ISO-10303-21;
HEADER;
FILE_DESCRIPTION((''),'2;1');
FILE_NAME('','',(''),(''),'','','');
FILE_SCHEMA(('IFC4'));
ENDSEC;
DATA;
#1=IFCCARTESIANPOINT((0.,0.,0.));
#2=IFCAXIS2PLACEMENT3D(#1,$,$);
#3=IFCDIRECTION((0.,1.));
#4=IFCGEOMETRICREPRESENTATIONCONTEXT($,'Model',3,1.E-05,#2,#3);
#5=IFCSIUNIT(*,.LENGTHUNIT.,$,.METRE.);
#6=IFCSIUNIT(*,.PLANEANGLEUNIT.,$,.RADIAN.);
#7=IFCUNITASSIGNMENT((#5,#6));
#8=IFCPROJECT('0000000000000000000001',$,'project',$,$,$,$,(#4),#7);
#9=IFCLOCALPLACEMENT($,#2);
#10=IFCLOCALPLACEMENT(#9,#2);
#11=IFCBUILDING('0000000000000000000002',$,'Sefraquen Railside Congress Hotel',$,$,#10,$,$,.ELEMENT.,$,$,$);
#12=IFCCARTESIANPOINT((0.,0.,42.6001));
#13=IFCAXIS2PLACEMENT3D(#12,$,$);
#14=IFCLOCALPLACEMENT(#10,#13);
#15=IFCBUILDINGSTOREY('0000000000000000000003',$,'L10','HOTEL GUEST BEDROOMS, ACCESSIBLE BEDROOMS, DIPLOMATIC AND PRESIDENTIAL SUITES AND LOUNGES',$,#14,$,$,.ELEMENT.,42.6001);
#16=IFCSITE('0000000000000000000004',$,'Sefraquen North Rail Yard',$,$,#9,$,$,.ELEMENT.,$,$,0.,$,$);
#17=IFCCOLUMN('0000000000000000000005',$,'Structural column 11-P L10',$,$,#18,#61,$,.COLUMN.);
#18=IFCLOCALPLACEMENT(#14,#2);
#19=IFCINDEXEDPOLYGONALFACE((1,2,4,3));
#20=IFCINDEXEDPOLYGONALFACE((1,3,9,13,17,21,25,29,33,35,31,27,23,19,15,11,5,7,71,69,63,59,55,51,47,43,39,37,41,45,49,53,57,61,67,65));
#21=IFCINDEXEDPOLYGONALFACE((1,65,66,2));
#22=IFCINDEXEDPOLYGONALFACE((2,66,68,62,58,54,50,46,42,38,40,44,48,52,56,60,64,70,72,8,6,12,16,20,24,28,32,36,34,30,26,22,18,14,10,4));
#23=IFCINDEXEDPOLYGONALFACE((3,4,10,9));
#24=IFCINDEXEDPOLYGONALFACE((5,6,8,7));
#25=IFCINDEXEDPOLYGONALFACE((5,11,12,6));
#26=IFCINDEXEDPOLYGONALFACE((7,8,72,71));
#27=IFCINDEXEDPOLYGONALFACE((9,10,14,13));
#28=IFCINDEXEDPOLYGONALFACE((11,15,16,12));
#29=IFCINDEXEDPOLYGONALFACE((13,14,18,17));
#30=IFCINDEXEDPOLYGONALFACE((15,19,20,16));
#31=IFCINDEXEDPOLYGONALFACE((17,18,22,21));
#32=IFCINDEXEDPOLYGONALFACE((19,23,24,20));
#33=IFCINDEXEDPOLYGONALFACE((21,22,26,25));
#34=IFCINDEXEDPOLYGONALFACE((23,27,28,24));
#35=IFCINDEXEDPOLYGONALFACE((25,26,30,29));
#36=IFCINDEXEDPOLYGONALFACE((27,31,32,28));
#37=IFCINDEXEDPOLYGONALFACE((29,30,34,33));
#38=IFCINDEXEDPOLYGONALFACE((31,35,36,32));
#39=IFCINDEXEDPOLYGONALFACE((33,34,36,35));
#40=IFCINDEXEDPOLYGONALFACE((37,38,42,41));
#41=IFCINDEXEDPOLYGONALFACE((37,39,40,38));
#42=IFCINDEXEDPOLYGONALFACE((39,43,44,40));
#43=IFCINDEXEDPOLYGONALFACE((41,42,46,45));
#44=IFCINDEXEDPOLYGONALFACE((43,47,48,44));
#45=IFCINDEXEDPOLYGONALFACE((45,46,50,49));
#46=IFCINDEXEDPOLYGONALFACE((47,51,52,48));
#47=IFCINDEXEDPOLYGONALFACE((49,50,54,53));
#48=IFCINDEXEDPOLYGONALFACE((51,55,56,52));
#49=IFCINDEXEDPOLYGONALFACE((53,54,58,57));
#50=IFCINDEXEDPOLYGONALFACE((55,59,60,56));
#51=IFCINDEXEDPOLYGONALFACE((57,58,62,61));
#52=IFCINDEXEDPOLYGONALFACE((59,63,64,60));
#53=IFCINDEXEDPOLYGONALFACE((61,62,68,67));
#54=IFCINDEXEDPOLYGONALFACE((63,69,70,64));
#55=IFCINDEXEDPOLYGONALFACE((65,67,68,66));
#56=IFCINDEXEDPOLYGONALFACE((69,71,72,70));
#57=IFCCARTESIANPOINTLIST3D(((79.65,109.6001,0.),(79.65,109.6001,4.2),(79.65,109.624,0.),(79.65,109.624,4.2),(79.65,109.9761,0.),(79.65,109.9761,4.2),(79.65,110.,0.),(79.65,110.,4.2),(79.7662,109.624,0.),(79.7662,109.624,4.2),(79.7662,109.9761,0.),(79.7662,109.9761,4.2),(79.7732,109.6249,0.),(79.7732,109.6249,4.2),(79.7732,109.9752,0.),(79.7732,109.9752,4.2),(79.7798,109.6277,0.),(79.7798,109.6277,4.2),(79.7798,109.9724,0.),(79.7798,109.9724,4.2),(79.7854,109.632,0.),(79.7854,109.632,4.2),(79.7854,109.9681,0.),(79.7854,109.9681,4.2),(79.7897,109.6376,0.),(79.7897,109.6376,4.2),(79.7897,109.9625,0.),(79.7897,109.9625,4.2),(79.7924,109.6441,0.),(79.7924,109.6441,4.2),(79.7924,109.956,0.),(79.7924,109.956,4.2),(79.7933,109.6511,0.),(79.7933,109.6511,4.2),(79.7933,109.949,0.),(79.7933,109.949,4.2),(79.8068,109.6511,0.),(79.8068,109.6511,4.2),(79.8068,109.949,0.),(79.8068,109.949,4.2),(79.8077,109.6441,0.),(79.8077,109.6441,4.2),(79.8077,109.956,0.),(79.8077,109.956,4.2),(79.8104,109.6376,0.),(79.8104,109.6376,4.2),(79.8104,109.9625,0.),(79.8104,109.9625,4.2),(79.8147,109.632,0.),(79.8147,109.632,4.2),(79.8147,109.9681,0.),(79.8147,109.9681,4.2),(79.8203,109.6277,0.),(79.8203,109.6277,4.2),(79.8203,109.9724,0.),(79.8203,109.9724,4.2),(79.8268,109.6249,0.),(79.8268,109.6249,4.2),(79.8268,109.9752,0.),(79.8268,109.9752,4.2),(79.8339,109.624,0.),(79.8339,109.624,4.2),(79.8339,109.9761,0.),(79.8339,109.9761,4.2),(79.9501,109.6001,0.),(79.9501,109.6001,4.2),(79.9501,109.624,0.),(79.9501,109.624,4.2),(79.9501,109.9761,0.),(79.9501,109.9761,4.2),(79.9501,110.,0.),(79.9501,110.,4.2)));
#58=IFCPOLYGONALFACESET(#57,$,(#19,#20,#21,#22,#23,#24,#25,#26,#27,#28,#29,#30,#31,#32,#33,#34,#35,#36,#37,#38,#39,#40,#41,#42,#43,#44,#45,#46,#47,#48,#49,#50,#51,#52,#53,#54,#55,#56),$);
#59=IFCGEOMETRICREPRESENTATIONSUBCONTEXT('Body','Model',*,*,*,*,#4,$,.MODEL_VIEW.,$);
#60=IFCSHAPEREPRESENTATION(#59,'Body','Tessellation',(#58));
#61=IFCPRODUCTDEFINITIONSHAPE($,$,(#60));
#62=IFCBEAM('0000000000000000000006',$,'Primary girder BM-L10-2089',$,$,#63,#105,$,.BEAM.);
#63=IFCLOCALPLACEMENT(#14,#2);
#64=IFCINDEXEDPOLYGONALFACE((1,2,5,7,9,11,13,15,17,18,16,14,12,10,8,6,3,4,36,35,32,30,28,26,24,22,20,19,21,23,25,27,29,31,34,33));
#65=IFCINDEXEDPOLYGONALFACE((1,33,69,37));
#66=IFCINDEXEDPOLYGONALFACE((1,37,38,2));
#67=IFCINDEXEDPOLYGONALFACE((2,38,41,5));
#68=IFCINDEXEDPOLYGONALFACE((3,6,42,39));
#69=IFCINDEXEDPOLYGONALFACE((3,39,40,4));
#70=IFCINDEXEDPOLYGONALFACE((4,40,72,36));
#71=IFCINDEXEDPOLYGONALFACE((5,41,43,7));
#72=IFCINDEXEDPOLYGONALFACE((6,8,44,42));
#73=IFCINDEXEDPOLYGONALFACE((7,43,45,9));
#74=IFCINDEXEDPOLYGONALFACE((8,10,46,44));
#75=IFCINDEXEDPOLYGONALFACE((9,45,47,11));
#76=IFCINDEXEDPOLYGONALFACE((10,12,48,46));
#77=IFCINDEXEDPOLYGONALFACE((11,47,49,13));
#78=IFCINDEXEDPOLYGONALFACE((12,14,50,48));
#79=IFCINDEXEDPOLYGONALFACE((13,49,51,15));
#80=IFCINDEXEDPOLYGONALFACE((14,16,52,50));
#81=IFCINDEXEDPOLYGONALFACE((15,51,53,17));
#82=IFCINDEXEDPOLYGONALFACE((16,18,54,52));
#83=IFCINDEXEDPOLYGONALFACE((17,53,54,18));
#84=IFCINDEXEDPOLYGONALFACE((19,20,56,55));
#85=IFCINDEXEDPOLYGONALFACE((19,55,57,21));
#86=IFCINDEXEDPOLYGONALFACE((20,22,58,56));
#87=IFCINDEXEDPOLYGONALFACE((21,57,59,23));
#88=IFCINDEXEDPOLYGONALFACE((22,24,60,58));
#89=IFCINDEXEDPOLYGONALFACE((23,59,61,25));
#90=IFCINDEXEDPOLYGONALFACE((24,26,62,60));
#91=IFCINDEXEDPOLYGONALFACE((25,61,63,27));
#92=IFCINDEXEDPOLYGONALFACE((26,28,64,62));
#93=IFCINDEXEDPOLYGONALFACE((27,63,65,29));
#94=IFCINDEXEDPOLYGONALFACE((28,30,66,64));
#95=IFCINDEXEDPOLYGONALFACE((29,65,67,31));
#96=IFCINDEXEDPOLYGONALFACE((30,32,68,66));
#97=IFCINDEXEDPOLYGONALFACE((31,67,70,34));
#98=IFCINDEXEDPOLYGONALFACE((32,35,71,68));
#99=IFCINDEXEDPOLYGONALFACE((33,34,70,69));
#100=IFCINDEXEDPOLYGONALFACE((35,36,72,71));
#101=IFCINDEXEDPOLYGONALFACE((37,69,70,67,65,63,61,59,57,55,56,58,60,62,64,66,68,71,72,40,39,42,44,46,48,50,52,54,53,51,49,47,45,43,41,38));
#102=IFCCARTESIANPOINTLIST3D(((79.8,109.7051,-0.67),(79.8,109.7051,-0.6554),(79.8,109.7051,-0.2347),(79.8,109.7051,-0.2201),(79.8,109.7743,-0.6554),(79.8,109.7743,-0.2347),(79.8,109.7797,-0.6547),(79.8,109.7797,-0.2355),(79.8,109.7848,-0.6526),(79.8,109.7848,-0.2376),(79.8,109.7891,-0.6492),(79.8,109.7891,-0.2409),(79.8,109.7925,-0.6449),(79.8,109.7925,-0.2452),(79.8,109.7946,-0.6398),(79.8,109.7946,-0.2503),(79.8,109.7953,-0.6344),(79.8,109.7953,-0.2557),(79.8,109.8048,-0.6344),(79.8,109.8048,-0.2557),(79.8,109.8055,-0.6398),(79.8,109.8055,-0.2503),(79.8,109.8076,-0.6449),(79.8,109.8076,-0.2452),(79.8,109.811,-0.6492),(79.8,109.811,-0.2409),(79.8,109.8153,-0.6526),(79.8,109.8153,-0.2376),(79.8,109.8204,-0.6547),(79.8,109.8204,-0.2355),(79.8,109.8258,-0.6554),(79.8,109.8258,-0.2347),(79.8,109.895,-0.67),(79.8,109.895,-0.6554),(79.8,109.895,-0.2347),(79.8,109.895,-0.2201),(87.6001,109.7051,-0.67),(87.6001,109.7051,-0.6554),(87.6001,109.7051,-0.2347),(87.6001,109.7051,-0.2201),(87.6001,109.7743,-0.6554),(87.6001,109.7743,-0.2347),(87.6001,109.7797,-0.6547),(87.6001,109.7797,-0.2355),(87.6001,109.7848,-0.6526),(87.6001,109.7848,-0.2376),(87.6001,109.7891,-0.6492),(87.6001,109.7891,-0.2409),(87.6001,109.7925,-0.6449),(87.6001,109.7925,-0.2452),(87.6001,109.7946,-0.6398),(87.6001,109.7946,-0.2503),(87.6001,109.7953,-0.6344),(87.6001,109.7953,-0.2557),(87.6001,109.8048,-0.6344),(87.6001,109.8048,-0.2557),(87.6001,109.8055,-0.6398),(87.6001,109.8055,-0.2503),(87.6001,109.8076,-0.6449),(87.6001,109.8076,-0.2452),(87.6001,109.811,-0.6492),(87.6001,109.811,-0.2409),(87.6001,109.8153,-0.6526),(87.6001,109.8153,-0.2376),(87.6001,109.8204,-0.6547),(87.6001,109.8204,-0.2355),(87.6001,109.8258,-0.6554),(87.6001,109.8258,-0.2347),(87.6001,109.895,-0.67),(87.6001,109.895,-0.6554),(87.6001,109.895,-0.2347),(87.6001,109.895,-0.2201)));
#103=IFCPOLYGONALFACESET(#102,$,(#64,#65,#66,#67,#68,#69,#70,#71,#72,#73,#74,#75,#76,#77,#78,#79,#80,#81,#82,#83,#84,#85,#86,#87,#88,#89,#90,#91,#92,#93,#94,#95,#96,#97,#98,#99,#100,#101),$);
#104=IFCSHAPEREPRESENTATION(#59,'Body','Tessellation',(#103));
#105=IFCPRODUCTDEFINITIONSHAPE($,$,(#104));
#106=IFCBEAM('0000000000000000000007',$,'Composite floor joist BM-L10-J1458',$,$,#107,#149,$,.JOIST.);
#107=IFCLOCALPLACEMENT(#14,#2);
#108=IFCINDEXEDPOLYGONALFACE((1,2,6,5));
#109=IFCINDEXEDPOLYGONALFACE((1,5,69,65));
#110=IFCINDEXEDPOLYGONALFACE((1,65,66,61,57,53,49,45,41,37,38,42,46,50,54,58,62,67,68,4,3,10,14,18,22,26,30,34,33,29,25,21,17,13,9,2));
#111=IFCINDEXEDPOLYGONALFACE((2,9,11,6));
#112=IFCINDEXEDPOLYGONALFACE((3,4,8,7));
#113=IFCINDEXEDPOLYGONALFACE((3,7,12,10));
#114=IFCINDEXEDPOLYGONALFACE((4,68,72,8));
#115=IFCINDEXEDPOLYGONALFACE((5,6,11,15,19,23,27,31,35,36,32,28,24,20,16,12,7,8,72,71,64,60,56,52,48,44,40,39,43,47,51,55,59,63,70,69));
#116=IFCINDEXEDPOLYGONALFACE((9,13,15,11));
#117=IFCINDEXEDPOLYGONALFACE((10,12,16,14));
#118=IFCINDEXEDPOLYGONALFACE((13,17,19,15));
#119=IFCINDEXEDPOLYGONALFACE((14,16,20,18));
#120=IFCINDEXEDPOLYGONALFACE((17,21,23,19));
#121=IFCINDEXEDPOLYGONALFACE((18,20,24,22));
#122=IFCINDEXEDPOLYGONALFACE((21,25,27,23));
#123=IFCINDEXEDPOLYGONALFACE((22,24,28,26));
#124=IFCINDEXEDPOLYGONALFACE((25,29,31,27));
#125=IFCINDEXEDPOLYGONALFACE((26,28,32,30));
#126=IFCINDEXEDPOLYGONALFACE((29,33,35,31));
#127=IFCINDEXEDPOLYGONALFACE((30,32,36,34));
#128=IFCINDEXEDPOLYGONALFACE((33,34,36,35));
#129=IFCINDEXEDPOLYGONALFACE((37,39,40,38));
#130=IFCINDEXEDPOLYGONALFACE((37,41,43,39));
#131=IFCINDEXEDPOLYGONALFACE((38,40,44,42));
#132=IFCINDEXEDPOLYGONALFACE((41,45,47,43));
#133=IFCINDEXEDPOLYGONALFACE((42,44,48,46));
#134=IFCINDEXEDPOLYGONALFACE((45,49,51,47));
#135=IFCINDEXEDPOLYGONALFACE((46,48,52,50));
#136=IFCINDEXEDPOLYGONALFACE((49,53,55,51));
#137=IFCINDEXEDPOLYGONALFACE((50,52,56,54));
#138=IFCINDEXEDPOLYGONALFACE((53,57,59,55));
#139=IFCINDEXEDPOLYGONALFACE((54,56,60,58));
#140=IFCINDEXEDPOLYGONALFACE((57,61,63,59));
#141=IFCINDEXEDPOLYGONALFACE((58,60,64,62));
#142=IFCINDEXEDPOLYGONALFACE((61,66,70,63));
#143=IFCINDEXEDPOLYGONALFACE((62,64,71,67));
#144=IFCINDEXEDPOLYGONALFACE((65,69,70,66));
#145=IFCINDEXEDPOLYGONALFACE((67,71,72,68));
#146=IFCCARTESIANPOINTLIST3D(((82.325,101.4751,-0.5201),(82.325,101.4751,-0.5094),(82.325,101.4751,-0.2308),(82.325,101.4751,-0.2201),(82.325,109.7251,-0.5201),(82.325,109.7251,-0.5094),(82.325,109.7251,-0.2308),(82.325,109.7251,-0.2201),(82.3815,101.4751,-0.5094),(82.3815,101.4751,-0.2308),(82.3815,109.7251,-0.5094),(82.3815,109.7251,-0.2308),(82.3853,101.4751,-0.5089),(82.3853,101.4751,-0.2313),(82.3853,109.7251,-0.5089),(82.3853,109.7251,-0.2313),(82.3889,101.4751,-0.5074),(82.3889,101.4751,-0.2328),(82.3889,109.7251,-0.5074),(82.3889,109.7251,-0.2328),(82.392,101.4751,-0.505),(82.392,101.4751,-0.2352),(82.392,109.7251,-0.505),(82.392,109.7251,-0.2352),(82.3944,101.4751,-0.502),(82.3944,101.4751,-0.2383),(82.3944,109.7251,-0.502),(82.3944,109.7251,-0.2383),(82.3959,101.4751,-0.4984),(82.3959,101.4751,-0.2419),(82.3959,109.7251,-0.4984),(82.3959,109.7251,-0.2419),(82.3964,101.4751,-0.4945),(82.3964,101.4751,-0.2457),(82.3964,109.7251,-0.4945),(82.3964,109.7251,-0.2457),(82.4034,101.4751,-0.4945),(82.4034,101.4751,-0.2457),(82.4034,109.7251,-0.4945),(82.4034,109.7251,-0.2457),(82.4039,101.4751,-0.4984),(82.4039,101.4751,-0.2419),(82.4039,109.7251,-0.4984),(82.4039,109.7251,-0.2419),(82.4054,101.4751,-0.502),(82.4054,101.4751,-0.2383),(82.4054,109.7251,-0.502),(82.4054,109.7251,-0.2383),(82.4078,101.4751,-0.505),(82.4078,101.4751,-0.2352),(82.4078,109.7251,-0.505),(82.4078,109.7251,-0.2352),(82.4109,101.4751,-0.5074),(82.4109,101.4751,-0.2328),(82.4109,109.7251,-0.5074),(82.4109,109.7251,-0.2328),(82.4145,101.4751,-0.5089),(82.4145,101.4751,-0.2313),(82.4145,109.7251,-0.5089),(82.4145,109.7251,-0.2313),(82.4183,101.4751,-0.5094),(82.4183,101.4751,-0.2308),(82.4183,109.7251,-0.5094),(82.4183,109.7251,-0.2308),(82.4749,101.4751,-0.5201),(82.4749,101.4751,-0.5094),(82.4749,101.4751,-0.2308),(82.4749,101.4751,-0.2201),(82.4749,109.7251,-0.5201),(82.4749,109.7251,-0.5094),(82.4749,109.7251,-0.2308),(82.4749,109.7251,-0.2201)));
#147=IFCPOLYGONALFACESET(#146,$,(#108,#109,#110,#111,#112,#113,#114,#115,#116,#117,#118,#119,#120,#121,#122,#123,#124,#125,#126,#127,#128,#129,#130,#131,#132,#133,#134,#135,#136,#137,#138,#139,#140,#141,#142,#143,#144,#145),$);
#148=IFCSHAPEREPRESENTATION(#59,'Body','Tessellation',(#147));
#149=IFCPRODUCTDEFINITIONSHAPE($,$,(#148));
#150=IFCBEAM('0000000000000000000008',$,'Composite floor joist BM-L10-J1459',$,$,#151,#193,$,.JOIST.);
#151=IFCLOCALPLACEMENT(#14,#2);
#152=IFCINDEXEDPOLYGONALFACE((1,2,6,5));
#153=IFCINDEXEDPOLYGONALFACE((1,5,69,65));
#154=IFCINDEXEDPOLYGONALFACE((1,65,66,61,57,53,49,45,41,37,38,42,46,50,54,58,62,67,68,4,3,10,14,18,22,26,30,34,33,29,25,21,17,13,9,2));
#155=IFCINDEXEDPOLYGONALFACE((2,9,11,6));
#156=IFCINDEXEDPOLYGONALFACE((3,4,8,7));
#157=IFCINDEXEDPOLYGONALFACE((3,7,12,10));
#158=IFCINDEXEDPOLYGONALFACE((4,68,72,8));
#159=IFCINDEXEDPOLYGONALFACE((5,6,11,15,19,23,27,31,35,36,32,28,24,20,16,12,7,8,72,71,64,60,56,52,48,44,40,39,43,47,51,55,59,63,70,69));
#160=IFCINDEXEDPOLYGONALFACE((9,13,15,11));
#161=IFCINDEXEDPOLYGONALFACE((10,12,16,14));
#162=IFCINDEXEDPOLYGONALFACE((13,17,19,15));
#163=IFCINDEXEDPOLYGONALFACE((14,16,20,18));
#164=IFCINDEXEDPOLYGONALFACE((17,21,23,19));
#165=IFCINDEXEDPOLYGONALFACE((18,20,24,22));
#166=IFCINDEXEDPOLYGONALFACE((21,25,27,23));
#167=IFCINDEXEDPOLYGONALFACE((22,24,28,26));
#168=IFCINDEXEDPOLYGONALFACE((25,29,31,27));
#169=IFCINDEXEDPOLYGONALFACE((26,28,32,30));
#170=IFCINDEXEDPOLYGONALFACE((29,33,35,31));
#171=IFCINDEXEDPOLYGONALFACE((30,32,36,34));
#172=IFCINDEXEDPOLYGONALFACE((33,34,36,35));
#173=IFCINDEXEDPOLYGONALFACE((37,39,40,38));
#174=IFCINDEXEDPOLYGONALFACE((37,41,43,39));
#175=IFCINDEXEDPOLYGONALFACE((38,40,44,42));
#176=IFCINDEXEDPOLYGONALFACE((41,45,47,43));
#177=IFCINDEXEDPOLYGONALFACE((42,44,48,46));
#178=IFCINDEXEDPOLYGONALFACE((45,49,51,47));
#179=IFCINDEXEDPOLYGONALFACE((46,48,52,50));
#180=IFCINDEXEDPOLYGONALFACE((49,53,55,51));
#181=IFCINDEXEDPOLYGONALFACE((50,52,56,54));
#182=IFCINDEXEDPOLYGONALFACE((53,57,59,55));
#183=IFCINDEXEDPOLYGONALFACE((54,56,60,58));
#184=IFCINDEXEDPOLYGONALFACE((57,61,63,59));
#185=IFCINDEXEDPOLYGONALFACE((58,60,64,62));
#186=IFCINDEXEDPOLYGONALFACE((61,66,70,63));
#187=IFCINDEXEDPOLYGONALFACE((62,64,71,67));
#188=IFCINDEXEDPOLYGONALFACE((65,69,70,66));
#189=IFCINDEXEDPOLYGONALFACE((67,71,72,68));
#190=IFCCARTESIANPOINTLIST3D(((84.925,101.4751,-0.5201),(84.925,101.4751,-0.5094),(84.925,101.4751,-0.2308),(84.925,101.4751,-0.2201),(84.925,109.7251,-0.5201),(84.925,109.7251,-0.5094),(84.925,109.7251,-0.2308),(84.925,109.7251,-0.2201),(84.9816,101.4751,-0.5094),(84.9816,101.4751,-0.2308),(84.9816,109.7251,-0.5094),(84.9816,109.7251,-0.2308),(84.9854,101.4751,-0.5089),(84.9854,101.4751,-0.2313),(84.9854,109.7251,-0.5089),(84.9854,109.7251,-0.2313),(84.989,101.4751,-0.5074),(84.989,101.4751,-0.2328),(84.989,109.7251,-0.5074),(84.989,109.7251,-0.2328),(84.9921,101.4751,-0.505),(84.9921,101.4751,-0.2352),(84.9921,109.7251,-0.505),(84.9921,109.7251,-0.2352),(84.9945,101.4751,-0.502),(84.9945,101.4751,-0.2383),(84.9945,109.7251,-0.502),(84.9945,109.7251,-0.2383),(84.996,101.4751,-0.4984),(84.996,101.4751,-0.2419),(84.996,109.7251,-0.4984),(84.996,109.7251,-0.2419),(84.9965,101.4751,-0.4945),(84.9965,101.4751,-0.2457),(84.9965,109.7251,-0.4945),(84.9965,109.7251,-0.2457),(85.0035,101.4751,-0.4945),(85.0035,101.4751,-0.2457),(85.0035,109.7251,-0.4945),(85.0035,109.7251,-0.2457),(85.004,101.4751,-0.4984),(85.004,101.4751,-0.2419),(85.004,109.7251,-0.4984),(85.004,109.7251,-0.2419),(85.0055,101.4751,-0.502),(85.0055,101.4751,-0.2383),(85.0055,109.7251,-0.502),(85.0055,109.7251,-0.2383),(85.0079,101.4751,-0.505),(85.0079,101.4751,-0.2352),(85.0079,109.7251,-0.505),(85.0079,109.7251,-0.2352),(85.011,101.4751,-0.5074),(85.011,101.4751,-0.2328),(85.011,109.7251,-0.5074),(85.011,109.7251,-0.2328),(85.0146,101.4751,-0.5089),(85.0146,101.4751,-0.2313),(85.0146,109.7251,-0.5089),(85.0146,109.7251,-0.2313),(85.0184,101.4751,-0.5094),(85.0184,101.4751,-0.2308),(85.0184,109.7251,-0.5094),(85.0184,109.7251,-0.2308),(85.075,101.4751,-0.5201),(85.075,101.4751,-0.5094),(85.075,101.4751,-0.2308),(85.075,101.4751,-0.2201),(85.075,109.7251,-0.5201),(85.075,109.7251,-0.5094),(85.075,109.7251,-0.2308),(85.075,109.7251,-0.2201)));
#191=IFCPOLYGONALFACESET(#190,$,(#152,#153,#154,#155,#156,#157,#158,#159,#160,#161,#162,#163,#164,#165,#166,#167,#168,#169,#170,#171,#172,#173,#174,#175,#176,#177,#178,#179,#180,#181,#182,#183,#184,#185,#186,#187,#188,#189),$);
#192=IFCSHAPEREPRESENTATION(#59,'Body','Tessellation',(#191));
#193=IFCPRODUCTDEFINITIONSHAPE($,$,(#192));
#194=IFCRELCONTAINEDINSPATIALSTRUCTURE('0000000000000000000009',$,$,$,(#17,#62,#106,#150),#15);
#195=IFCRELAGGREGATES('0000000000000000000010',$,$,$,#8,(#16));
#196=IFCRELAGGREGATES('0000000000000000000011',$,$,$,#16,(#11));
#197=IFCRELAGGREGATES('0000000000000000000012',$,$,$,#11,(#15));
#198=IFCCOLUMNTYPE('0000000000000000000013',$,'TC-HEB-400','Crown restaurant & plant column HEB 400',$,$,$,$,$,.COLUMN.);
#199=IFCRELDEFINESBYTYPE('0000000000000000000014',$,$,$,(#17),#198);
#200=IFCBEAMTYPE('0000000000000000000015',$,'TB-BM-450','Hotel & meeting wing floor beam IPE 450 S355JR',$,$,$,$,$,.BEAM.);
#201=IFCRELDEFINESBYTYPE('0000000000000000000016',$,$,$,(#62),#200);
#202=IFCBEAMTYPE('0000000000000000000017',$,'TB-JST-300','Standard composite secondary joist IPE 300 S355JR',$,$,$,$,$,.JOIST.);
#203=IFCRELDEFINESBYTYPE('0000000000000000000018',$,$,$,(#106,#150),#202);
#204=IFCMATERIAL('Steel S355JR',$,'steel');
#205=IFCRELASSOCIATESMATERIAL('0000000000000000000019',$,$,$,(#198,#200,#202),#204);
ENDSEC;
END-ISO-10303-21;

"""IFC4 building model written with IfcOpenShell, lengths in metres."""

from ifc_helpers import new_model, si_unit, direction, frame, origin, origin_2d, place, context, subcontext, project, spatial, i_section, extrude, material, material_profile, profile_set, type_object, element, save


model = new_model("IFC4")

# Units and contexts
model_context = context("Model", 3, precision=1e-05, world=origin(), true_north=direction((0.0, 1.0)))
body_context = subcontext(model_context, "Body", "Model", "MODEL_VIEW")
ifc_project = project(units=[si_unit("LENGTHUNIT", "METRE"), si_unit("PLANEANGLEUNIT", "RADIAN")], contexts=[model_context])

# Site, building, storey
site_placement = place(None, origin())
site = spatial("IfcSite", under=ifc_project, at=site_placement, Name="Sefraquen North Rail Yard", CompositionType="ELEMENT", RefElevation=0.0)
building_placement = place(site_placement, origin())
building = spatial("IfcBuilding", under=site, at=building_placement, Name="Sefraquen Railside Congress Hotel", CompositionType="ELEMENT")
storey_placement = place(building_placement, frame((0.0, 0.0, 42.6001)))
storey = spatial("IfcBuildingStorey", under=building, at=storey_placement, Name="L10", Description="HOTEL GUEST BEDROOMS, ACCESSIBLE BEDROOMS, DIPLOMATIC AND PRESIDENTIAL SUITES AND LOUNGES", CompositionType="ELEMENT", Elevation=42.6001)

# Column
ifc_material_1 = material(Name="Steel S355JR", Category="steel")
ifc_material_profile_1 = material_profile(ifc_material_1, i_section(OverallWidth=0.3, OverallDepth=0.3999, WebThickness=0.0134, FlangeThickness=0.0239, FilletRadius=0.0271, at=origin_2d()), Name="HEB 400")
ifc_profile_set_1 = profile_set([ifc_material_profile_1], Name="Steel S355JR")
column_type = type_object("IfcColumnType", Name="TC-HEB-400", Description="Crown restaurant & plant column HEB 400", PredefinedType="COLUMN", material=ifc_profile_set_1)
column_placement = place(storey_placement, frame((79.8, 109.8, 0.0), z_axis=(0.0, 0.0, 1.0), x_axis=(1.0, 0.0, 0.0)))
element("IfcColumn", 1, at=column_placement, inside=storey, type_object=column_type, Name="Structural column 11-P L10", PredefinedType="COLUMN", context=body_context, shape_type="SweptSolid", body=[
    extrude(i_section(OverallWidth=0.3, OverallDepth=0.3999, WebThickness=0.0134, FlangeThickness=0.0239, FilletRadius=0.0271, at=origin_2d()), origin(), (0.0, 0.0, 1.0), 4.2),
])

# Beams
ifc_material_profile_2 = material_profile(ifc_material_1, i_section(OverallWidth=0.1899, OverallDepth=0.45, WebThickness=0.0095, FlangeThickness=0.0146, FilletRadius=0.021, at=origin_2d()), Name="IPE 450")
ifc_profile_set_2 = profile_set([ifc_material_profile_2], Name="Steel S355JR")
beam_type_1 = type_object("IfcBeamType", Name="TB-BM-450", Description="Hotel & meeting wing floor beam IPE 450 S355JR", PredefinedType="BEAM", material=ifc_profile_set_2)
beam_placement = place(storey_placement, frame((79.8, 109.8, -0.4451), z_axis=(1.0, 0.0, 0.0), x_axis=(0.0, 1.0, 0.0)))
element("IfcBeam", 2, at=beam_placement, inside=storey, type_object=beam_type_1, Name="Primary girder BM-L10-2089", PredefinedType="BEAM", context=body_context, shape_type="SweptSolid", body=[
    extrude(i_section(OverallWidth=0.1899, OverallDepth=0.45, WebThickness=0.0095, FlangeThickness=0.0146, FilletRadius=0.021, at=origin_2d()), origin(), (0.0, 0.0, 1.0), 7.8),
])
ifc_material_profile_3 = material_profile(ifc_material_1, i_section(OverallWidth=0.1499, OverallDepth=0.3, WebThickness=0.0071, FlangeThickness=0.0107, FilletRadius=0.0149, at=origin_2d()), Name="IPE 300")
ifc_profile_set_3 = profile_set([ifc_material_profile_3], Name="Steel S355JR")
beam_type_2 = type_object("IfcBeamType", Name="TB-JST-300", Description="Standard composite secondary joist IPE 300 S355JR", PredefinedType="JOIST", material=ifc_profile_set_3)
for number, where, z_axis, x_axis, name in (
    (3, (82.3999, 101.4751, -0.3701), (0.0, 1.0, 0.0), (-1.0, 0.0, 0.0), "Composite floor joist BM-L10-J1458"),
    (4, (85.0, 101.4751, -0.3701), (0.0, 1.0, 0.0), (-1.0, 0.0, 0.0), "Composite floor joist BM-L10-J1459"),
):
    element("IfcBeam", number, at=place(storey_placement, frame(where, z_axis=z_axis, x_axis=x_axis)), inside=storey, type_object=beam_type_2, Name=name, PredefinedType="JOIST", context=body_context, shape_type="SweptSolid", body=[
        extrude(i_section(OverallWidth=0.1499, OverallDepth=0.3, WebThickness=0.0071, FlangeThickness=0.0107, FilletRadius=0.0149, at=origin_2d()), origin(), (0.0, 0.0, 1.0), 8.25),
    ])

save(model, "model.ifc")
